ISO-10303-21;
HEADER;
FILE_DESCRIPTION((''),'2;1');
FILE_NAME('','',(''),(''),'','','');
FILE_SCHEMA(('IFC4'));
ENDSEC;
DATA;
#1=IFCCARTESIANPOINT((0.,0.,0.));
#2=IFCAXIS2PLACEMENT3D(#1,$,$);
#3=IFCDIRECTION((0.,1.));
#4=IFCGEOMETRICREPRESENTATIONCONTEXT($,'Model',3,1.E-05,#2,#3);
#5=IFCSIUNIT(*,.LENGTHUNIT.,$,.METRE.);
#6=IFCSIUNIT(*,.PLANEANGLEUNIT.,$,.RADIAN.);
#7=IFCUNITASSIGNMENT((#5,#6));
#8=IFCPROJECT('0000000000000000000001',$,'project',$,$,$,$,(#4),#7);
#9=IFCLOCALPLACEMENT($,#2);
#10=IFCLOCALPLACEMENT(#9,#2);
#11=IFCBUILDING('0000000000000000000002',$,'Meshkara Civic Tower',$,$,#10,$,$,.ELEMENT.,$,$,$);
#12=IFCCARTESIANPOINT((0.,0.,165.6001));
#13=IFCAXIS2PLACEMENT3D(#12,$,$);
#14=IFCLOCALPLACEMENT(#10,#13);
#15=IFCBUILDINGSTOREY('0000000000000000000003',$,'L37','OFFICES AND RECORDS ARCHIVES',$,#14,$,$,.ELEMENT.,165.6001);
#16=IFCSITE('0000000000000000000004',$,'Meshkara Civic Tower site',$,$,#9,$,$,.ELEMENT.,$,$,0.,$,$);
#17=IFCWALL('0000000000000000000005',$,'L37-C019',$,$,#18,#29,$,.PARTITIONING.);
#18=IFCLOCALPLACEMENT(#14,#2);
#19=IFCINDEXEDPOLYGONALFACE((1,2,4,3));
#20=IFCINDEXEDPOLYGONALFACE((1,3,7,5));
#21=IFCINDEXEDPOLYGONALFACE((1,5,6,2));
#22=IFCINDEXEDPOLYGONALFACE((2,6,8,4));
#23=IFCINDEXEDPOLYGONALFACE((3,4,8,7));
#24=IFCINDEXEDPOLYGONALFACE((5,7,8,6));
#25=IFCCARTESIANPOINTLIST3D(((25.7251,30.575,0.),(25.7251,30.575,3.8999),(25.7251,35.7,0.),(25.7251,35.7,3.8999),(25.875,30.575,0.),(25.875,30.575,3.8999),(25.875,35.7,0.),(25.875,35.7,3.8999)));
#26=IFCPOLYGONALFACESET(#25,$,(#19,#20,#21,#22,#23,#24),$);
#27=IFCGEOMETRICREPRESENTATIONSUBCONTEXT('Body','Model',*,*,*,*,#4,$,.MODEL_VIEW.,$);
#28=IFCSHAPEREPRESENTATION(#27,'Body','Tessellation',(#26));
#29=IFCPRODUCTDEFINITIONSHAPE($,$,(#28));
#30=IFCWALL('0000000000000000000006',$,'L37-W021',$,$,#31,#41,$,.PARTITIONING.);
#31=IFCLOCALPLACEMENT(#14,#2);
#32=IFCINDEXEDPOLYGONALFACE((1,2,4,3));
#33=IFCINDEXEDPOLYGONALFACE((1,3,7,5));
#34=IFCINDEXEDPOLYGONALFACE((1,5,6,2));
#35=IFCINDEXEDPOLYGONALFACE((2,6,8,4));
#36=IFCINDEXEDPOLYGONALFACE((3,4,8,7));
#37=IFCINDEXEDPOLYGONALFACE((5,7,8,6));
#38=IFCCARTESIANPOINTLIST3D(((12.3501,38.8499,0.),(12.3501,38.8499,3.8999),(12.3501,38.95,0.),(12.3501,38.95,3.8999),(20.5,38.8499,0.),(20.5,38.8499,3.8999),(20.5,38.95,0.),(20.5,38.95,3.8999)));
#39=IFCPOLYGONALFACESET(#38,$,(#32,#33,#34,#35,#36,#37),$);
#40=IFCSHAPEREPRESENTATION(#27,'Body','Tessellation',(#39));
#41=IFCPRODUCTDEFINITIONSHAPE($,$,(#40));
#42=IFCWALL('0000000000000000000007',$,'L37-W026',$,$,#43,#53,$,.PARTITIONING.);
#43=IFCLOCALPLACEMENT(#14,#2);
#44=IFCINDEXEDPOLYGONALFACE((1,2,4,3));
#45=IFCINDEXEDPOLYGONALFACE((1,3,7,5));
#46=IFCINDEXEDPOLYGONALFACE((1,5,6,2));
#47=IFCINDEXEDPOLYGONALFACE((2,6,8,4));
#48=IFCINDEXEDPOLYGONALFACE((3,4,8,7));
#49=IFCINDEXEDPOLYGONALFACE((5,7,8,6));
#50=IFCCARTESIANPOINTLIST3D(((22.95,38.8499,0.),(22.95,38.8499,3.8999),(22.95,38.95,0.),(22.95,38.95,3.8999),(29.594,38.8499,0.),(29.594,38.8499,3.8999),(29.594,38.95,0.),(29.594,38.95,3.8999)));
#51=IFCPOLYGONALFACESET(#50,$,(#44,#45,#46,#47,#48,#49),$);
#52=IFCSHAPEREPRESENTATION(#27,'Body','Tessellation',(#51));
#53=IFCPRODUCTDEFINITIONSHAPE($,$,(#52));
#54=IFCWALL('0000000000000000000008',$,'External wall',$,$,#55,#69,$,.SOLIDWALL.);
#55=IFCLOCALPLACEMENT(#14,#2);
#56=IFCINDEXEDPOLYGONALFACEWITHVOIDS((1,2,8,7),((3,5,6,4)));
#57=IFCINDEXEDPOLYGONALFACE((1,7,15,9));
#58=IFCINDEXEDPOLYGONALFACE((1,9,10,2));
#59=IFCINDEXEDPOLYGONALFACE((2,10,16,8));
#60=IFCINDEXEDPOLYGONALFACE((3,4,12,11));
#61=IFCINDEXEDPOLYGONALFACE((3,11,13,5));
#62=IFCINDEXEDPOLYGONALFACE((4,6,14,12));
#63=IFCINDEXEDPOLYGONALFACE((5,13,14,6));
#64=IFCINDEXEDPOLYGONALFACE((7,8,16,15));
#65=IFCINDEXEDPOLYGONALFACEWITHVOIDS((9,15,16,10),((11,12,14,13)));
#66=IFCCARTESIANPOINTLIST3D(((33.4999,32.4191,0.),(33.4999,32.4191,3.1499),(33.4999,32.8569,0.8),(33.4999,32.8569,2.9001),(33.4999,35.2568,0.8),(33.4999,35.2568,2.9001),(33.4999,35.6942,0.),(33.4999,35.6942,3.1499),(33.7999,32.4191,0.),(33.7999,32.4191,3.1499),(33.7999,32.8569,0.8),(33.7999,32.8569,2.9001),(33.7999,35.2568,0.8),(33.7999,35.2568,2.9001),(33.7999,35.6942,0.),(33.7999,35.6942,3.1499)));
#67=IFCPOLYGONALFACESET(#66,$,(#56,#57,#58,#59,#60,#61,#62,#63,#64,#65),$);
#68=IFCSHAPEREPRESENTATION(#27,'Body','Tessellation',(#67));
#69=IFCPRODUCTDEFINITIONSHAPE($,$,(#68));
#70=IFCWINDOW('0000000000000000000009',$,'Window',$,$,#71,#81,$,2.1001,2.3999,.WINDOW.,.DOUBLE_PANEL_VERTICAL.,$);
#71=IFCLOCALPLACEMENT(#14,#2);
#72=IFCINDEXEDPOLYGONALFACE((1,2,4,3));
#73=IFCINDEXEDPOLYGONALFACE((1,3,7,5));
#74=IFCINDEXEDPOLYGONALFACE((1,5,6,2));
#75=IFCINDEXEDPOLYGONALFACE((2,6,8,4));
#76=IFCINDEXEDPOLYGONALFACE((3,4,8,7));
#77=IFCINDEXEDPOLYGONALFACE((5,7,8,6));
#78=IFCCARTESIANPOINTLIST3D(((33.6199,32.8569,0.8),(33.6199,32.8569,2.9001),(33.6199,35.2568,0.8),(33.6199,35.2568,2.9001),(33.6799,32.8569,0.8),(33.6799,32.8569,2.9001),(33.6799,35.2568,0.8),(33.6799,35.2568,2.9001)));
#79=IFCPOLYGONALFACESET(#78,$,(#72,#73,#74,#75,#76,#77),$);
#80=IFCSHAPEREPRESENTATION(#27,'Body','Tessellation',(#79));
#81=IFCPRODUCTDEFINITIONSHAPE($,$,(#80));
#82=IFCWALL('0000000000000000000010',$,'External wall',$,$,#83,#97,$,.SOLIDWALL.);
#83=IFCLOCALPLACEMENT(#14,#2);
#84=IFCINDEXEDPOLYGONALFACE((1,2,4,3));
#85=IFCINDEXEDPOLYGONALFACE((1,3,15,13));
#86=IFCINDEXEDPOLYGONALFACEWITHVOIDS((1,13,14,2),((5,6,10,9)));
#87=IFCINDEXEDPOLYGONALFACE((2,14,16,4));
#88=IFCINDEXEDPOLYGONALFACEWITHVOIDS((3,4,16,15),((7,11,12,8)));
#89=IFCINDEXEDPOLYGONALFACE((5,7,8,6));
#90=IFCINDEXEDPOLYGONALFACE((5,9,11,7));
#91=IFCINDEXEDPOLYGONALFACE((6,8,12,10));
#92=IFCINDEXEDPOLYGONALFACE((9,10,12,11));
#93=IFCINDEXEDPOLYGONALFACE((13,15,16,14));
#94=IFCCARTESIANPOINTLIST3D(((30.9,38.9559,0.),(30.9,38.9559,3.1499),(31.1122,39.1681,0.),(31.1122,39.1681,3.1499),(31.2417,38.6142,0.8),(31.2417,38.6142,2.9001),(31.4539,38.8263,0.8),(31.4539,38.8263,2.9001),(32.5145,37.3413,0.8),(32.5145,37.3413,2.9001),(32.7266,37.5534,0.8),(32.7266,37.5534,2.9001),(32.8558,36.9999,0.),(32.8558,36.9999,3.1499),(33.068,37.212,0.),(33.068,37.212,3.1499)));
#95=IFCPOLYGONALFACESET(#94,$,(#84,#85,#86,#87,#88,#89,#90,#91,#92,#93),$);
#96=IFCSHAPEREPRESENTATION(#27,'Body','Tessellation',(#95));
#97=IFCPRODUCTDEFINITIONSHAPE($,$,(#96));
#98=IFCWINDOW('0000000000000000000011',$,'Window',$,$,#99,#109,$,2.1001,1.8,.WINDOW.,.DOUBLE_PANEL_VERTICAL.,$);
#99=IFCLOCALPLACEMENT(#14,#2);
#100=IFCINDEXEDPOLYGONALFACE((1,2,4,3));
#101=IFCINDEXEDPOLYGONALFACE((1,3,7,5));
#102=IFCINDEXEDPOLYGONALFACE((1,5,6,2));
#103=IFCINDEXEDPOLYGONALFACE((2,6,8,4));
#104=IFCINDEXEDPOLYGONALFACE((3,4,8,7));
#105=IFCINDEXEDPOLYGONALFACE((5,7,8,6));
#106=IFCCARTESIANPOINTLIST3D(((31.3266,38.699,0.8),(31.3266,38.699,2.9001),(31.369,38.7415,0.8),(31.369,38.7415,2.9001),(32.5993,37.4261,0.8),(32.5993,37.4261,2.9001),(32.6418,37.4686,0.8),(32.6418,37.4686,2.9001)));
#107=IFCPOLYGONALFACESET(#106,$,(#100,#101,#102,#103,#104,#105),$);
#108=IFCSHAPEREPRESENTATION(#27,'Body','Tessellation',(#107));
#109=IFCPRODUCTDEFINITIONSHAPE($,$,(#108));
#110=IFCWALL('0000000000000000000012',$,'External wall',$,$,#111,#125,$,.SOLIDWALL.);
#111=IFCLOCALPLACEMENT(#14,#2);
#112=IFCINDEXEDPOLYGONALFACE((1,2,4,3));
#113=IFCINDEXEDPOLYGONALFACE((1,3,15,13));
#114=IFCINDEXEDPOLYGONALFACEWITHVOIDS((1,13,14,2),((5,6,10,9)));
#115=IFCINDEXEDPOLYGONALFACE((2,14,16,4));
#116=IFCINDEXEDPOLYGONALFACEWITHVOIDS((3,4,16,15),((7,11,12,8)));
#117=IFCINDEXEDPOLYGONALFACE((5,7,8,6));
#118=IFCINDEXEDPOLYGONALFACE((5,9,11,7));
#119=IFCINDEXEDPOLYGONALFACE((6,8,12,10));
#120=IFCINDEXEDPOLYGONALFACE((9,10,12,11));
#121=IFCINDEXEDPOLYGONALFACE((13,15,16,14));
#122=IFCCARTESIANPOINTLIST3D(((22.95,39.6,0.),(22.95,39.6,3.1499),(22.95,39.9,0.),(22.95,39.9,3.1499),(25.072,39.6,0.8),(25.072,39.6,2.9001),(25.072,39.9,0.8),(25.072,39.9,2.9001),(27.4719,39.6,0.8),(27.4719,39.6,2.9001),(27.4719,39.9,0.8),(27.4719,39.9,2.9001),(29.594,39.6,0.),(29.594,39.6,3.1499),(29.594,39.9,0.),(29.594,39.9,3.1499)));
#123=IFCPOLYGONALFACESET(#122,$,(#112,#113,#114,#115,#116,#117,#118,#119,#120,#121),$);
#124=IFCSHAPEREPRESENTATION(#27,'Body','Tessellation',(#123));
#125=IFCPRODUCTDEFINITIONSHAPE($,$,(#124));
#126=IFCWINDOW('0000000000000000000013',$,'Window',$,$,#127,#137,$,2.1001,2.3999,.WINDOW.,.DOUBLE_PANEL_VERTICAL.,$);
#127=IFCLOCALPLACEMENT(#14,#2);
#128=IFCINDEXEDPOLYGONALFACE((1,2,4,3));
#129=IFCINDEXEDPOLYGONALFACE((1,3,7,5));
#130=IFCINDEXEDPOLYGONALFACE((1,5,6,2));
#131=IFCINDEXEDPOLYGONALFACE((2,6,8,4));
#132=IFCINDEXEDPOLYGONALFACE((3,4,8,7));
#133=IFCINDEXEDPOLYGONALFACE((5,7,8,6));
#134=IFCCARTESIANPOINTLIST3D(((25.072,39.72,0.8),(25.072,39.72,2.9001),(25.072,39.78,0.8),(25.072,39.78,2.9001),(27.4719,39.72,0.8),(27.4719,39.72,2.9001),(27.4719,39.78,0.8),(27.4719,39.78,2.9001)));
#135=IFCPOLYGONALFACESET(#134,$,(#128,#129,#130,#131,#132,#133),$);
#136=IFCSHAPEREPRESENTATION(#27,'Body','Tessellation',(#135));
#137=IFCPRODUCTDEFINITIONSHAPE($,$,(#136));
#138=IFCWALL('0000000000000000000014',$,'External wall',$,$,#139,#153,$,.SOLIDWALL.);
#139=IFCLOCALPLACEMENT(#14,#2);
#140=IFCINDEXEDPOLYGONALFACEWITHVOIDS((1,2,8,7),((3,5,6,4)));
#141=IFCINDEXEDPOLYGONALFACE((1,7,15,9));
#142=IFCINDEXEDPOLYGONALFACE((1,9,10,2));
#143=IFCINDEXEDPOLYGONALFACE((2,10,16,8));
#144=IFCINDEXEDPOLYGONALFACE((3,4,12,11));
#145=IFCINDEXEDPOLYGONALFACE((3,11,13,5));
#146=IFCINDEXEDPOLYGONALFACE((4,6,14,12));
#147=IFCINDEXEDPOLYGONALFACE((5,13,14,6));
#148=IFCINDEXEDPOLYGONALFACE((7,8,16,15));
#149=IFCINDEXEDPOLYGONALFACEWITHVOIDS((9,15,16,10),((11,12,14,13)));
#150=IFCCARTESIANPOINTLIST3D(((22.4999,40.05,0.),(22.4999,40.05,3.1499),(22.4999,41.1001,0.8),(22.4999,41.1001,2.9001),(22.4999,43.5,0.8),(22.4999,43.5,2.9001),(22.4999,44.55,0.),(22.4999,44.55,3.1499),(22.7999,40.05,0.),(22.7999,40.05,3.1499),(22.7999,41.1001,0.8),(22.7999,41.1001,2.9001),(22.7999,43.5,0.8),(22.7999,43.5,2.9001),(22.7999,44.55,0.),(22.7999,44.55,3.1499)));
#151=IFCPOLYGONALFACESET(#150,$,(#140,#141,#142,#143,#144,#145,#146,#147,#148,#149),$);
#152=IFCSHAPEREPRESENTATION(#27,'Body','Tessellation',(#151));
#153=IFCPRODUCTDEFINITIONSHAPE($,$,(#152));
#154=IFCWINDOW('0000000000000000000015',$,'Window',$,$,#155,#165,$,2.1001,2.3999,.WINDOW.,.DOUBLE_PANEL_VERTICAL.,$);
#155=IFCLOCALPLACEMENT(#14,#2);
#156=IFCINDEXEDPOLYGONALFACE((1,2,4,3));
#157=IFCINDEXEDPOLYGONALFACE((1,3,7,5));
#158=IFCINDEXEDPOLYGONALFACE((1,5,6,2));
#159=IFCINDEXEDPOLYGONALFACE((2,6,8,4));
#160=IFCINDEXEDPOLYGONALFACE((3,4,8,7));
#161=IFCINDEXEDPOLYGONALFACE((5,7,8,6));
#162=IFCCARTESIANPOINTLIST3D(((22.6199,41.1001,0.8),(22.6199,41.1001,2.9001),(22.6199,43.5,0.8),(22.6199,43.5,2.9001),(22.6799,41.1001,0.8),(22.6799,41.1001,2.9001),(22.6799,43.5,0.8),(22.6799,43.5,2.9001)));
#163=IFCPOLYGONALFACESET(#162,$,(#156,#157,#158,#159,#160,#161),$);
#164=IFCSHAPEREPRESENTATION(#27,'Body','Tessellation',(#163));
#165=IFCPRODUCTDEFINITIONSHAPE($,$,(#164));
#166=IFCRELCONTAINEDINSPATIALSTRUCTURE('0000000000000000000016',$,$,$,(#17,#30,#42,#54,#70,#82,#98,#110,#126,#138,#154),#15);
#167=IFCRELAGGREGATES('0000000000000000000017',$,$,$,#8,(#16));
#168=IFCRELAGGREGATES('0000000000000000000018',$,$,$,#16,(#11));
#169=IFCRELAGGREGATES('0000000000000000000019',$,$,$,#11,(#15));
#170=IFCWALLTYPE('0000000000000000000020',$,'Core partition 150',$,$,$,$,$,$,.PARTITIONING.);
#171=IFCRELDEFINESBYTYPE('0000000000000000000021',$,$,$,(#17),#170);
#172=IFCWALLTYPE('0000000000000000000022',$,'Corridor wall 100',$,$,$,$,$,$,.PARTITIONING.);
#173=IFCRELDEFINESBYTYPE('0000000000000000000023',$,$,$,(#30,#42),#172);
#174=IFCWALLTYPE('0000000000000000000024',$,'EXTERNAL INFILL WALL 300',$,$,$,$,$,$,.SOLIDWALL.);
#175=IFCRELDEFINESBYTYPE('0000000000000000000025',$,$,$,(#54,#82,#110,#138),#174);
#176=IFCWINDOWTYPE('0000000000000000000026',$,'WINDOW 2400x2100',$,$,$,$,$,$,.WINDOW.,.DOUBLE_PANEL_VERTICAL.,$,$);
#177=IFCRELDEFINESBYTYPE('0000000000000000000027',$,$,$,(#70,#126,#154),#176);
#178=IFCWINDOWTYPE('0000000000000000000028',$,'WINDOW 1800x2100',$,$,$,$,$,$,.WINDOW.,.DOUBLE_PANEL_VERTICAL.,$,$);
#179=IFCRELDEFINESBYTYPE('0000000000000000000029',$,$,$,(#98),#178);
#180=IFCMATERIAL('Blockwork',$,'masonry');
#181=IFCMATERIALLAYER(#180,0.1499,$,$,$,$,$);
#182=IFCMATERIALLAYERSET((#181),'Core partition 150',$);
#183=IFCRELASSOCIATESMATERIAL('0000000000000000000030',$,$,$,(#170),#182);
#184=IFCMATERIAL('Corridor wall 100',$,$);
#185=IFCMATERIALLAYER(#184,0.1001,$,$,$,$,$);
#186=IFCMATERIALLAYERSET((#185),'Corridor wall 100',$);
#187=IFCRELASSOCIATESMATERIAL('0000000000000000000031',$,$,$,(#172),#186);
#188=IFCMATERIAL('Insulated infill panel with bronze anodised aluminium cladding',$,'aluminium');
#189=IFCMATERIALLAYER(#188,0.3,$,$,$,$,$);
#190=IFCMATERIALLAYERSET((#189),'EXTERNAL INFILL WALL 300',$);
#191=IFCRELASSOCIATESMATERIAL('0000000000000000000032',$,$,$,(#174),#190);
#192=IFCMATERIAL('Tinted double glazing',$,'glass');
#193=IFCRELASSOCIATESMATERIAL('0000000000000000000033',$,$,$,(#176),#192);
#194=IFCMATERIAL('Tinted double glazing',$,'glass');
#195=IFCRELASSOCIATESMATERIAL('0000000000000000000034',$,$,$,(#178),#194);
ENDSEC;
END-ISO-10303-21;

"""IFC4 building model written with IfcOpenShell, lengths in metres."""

from ifc_helpers import new_model, si_unit, direction, frame, frame_2d, origin, place, context, subcontext, project, spatial, rectangle, extrude, material, layer, layer_set, type_object, element, fill, save


model = new_model("IFC4")

# Units and contexts
model_context = context("Model", 3, precision=1e-05, world=origin(), true_north=direction((0.0, 1.0)))
body_context = subcontext(model_context, "Body", "Model", "MODEL_VIEW")
ifc_project = project(units=[si_unit("LENGTHUNIT", "METRE"), si_unit("PLANEANGLEUNIT", "RADIAN")], contexts=[model_context])

# Site, building, storey
site_placement = place(None, origin())
site = spatial("IfcSite", under=ifc_project, at=site_placement, Name="Meshkara Civic Tower site", CompositionType="ELEMENT", RefElevation=0.0)
building_placement = place(site_placement, origin())
building = spatial("IfcBuilding", under=site, at=building_placement, Name="Meshkara Civic Tower", CompositionType="ELEMENT")
storey_placement = place(building_placement, frame((0.0, 0.0, 165.6001)))
storey = spatial("IfcBuildingStorey", under=building, at=storey_placement, Name="L37", Description="OFFICES AND RECORDS ARCHIVES", CompositionType="ELEMENT", Elevation=165.6001)

# Shared definitions
ifc_material_1 = material(Name="Blockwork", Category="masonry")
ifc_layer_1 = layer(ifc_material_1, 0.1499)
ifc_layer_set_1 = layer_set([ifc_layer_1], Name="Core partition 150")
wall_type_1 = type_object("IfcWallType", Name="Core partition 150", PredefinedType="PARTITIONING", material=ifc_layer_set_1)

# Walls
for number, where, z_axis, x_axis, name in (
    (1, (25.8, 30.575, 0.0), (0.0, 0.0, 1.0), (0.0, 1.0, 0.0), "L37-C019"),
):
    element("IfcWall", number, at=place(storey_placement, frame(where, z_axis=z_axis, x_axis=x_axis)), inside=storey, type_object=wall_type_1, Name=name, PredefinedType="PARTITIONING", context=body_context, shape_type="SweptSolid", body=[
        extrude(rectangle(XDim=5.125, YDim=0.1499, at=frame_2d((2.5625, 0.0))), origin(), (0.0, 0.0, 1.0), 3.8999),
    ])
ifc_material_2 = material(Name="Corridor wall 100")
ifc_layer_2 = layer(ifc_material_2, 0.1001)
ifc_layer_set_2 = layer_set([ifc_layer_2], Name="Corridor wall 100")
wall_type_2 = type_object("IfcWallType", Name="Corridor wall 100", PredefinedType="PARTITIONING", material=ifc_layer_set_2)
wall_1_placement = place(storey_placement, frame((20.5, 38.8999, 0.0), z_axis=(0.0, 0.0, 1.0), x_axis=(-1.0, 0.0, 0.0)))
element("IfcWall", 2, at=wall_1_placement, inside=storey, type_object=wall_type_2, Name="L37-W021", PredefinedType="PARTITIONING", context=body_context, shape_type="SweptSolid", body=[
    extrude(rectangle(XDim=8.1499, YDim=0.1001, at=frame_2d((4.075, 0.0))), origin(), (0.0, 0.0, 1.0), 3.8999),
])
wall_2_placement = place(storey_placement, frame((29.594, 38.8999, 0.0), z_axis=(0.0, 0.0, 1.0), x_axis=(-1.0, 0.0, 0.0)))
element("IfcWall", 3, at=wall_2_placement, inside=storey, type_object=wall_type_2, Name="L37-W026", PredefinedType="PARTITIONING", context=body_context, shape_type="SweptSolid", body=[
    extrude(rectangle(XDim=6.644, YDim=0.1001, at=frame_2d((3.322, 0.0))), origin(), (0.0, 0.0, 1.0), 3.8999),
])

# Walls, openings, windows
ifc_material_3 = material(Name="Insulated infill panel with bronze anodised aluminium cladding", Category="aluminium")
ifc_layer_3 = layer(ifc_material_3, 0.3)
ifc_layer_set_3 = layer_set([ifc_layer_3], Name="EXTERNAL INFILL WALL 300")
wall_type_3 = type_object("IfcWallType", Name="EXTERNAL INFILL WALL 300", PredefinedType="SOLIDWALL", material=ifc_layer_set_3)
wall_3_placement = place(storey_placement, frame((33.6499, 32.4189, 0.0), z_axis=(0.0, 0.0, 1.0), x_axis=(0.0, 1.0, 0.0)))
wall_3 = element("IfcWall", 4, at=wall_3_placement, inside=storey, type_object=wall_type_3, Name="External wall", PredefinedType="SOLIDWALL", context=body_context, shape_type="SweptSolid", body=[
    extrude(rectangle(XDim=3.2751, YDim=0.3, at=frame_2d((1.6377, 0.0))), origin(), (0.0, 0.0, 1.0), 3.1499),
])
opening_1_placement = place(wall_3_placement, frame((0.438, 0.0, 0.8)))
opening_1 = element("IfcOpeningElement", 5, at=opening_1_placement, cuts=wall_3, PredefinedType="OPENING", context=body_context, shape_type="SweptSolid", body=[
    extrude(rectangle(XDim=2.3999, YDim=2.1001, at=frame_2d((1.2, 1.05))), frame((0.0, 0.1599, 0.0), z_axis=(0.0, -1.0, 0.0), x_axis=(1.0, 0.0, 0.0)), (0.0, 0.0, 1.0), 0.3201),
])
ifc_material_4 = material(Name="Tinted double glazing", Category="glass")
window_type_1 = type_object("IfcWindowType", Name="WINDOW 2400x2100", PartitioningType="DOUBLE_PANEL_VERTICAL", PredefinedType="WINDOW", material=ifc_material_4)
window_1_placement = place(opening_1_placement, origin())
window_1 = element("IfcWindow", 6, at=window_1_placement, inside=storey, type_object=window_type_1, Name="Window", OverallHeight=2.1001, OverallWidth=2.3999, PartitioningType="DOUBLE_PANEL_VERTICAL", PredefinedType="WINDOW", context=body_context, shape_type="SweptSolid", body=[
    extrude(rectangle(XDim=2.3999, YDim=2.1001, at=frame_2d((1.2, 1.05))), frame((0.0, 0.03, 0.0), z_axis=(0.0, -1.0, 0.0), x_axis=(1.0, 0.0, 0.0)), (0.0, 0.0, 1.0), 0.0601),
])
fill(opening_1, window_1)
wall_4_placement = place(storey_placement, frame((32.9619, 37.106, 0.0), z_axis=(0.0, 0.0, 1.0), x_axis=(-0.707063, 0.707151, 0.0)))
wall_4 = element("IfcWall", 7, at=wall_4_placement, inside=storey, type_object=wall_type_3, Name="External wall", PredefinedType="SOLIDWALL", context=body_context, shape_type="SweptSolid", body=[
    extrude(rectangle(XDim=2.7661, YDim=0.3, at=frame_2d((1.3831, 0.0))), origin(), (0.0, 0.0, 1.0), 3.1499),
])
opening_2_placement = place(wall_4_placement, frame((0.4829, 0.0, 0.8)))
opening_2 = element("IfcOpeningElement", 8, at=opening_2_placement, cuts=wall_4, PredefinedType="OPENING", context=body_context, shape_type="SweptSolid", body=[
    extrude(rectangle(XDim=1.8, YDim=2.1001, at=frame_2d((0.8999, 1.05))), frame((0.0, 0.1599, 0.0), z_axis=(0.0, -1.0, 0.0), x_axis=(1.0, 0.0, 0.0)), (0.0, 0.0, 1.0), 0.3201),
])
ifc_material_5 = material(Name="Tinted double glazing", Category="glass")
window_type_2 = type_object("IfcWindowType", Name="WINDOW 1800x2100", PartitioningType="DOUBLE_PANEL_VERTICAL", PredefinedType="WINDOW", material=ifc_material_5)
window_2_placement = place(opening_2_placement, origin())
window_2 = element("IfcWindow", 9, at=window_2_placement, inside=storey, type_object=window_type_2, Name="Window", OverallHeight=2.1001, OverallWidth=1.8, PartitioningType="DOUBLE_PANEL_VERTICAL", PredefinedType="WINDOW", context=body_context, shape_type="SweptSolid", body=[
    extrude(rectangle(XDim=1.8, YDim=2.1001, at=frame_2d((0.8999, 1.05))), frame((0.0, 0.03, 0.0), z_axis=(0.0, -1.0, 0.0), x_axis=(1.0, 0.0, 0.0)), (0.0, 0.0, 1.0), 0.0601),
])
fill(opening_2, window_2)
wall_5_placement = place(storey_placement, frame((29.594, 39.75, 0.0), z_axis=(0.0, 0.0, 1.0), x_axis=(-1.0, 0.0, 0.0)))
wall_5 = element("IfcWall", 10, at=wall_5_placement, inside=storey, type_object=wall_type_3, Name="External wall", PredefinedType="SOLIDWALL", context=body_context, shape_type="SweptSolid", body=[
    extrude(rectangle(XDim=6.644, YDim=0.3, at=frame_2d((3.322, 0.0))), origin(), (0.0, 0.0, 1.0), 3.1499),
])
opening_3_placement = place(wall_5_placement, frame((2.1221, 0.0, 0.8)))
opening_3 = element("IfcOpeningElement", 11, at=opening_3_placement, cuts=wall_5, PredefinedType="OPENING", context=body_context, shape_type="SweptSolid", body=[
    extrude(rectangle(XDim=2.3999, YDim=2.1001, at=frame_2d((1.2, 1.05))), frame((0.0, 0.1599, 0.0), z_axis=(0.0, -1.0, 0.0), x_axis=(1.0, 0.0, 0.0)), (0.0, 0.0, 1.0), 0.3201),
])
window_3_placement = place(opening_3_placement, origin())
window_3 = element("IfcWindow", 12, at=window_3_placement, inside=storey, type_object=window_type_1, Name="Window", OverallHeight=2.1001, OverallWidth=2.3999, PartitioningType="DOUBLE_PANEL_VERTICAL", PredefinedType="WINDOW", context=body_context, shape_type="SweptSolid", body=[
    extrude(rectangle(XDim=2.3999, YDim=2.1001, at=frame_2d((1.2, 1.05))), frame((0.0, 0.03, 0.0), z_axis=(0.0, -1.0, 0.0), x_axis=(1.0, 0.0, 0.0)), (0.0, 0.0, 1.0), 0.0601),
])
fill(opening_3, window_3)
wall_6_placement = place(storey_placement, frame((22.6499, 40.05, 0.0), z_axis=(0.0, 0.0, 1.0), x_axis=(0.0, 1.0, 0.0)))
wall_6 = element("IfcWall", 13, at=wall_6_placement, inside=storey, type_object=wall_type_3, Name="External wall", PredefinedType="SOLIDWALL", context=body_context, shape_type="SweptSolid", body=[
    extrude(rectangle(XDim=4.5, YDim=0.3, at=frame_2d((2.25, 0.0))), origin(), (0.0, 0.0, 1.0), 3.1499),
])
opening_4_placement = place(wall_6_placement, frame((1.05, 0.0, 0.8)))
opening_4 = element("IfcOpeningElement", 14, at=opening_4_placement, cuts=wall_6, PredefinedType="OPENING", context=body_context, shape_type="SweptSolid", body=[
    extrude(rectangle(XDim=2.3999, YDim=2.1001, at=frame_2d((1.2, 1.05))), frame((0.0, 0.1599, 0.0), z_axis=(0.0, -1.0, 0.0), x_axis=(1.0, 0.0, 0.0)), (0.0, 0.0, 1.0), 0.3201),
])
window_4_placement = place(opening_4_placement, origin())
window_4 = element("IfcWindow", 15, at=window_4_placement, inside=storey, type_object=window_type_1, Name="Window", OverallHeight=2.1001, OverallWidth=2.3999, PartitioningType="DOUBLE_PANEL_VERTICAL", PredefinedType="WINDOW", context=body_context, shape_type="SweptSolid", body=[
    extrude(rectangle(XDim=2.3999, YDim=2.1001, at=frame_2d((1.2, 1.05))), frame((0.0, 0.03, 0.0), z_axis=(0.0, -1.0, 0.0), x_axis=(1.0, 0.0, 0.0)), (0.0, 0.0, 1.0), 0.0601),
])
fill(opening_4, window_4)

save(model, "model.ifc")
